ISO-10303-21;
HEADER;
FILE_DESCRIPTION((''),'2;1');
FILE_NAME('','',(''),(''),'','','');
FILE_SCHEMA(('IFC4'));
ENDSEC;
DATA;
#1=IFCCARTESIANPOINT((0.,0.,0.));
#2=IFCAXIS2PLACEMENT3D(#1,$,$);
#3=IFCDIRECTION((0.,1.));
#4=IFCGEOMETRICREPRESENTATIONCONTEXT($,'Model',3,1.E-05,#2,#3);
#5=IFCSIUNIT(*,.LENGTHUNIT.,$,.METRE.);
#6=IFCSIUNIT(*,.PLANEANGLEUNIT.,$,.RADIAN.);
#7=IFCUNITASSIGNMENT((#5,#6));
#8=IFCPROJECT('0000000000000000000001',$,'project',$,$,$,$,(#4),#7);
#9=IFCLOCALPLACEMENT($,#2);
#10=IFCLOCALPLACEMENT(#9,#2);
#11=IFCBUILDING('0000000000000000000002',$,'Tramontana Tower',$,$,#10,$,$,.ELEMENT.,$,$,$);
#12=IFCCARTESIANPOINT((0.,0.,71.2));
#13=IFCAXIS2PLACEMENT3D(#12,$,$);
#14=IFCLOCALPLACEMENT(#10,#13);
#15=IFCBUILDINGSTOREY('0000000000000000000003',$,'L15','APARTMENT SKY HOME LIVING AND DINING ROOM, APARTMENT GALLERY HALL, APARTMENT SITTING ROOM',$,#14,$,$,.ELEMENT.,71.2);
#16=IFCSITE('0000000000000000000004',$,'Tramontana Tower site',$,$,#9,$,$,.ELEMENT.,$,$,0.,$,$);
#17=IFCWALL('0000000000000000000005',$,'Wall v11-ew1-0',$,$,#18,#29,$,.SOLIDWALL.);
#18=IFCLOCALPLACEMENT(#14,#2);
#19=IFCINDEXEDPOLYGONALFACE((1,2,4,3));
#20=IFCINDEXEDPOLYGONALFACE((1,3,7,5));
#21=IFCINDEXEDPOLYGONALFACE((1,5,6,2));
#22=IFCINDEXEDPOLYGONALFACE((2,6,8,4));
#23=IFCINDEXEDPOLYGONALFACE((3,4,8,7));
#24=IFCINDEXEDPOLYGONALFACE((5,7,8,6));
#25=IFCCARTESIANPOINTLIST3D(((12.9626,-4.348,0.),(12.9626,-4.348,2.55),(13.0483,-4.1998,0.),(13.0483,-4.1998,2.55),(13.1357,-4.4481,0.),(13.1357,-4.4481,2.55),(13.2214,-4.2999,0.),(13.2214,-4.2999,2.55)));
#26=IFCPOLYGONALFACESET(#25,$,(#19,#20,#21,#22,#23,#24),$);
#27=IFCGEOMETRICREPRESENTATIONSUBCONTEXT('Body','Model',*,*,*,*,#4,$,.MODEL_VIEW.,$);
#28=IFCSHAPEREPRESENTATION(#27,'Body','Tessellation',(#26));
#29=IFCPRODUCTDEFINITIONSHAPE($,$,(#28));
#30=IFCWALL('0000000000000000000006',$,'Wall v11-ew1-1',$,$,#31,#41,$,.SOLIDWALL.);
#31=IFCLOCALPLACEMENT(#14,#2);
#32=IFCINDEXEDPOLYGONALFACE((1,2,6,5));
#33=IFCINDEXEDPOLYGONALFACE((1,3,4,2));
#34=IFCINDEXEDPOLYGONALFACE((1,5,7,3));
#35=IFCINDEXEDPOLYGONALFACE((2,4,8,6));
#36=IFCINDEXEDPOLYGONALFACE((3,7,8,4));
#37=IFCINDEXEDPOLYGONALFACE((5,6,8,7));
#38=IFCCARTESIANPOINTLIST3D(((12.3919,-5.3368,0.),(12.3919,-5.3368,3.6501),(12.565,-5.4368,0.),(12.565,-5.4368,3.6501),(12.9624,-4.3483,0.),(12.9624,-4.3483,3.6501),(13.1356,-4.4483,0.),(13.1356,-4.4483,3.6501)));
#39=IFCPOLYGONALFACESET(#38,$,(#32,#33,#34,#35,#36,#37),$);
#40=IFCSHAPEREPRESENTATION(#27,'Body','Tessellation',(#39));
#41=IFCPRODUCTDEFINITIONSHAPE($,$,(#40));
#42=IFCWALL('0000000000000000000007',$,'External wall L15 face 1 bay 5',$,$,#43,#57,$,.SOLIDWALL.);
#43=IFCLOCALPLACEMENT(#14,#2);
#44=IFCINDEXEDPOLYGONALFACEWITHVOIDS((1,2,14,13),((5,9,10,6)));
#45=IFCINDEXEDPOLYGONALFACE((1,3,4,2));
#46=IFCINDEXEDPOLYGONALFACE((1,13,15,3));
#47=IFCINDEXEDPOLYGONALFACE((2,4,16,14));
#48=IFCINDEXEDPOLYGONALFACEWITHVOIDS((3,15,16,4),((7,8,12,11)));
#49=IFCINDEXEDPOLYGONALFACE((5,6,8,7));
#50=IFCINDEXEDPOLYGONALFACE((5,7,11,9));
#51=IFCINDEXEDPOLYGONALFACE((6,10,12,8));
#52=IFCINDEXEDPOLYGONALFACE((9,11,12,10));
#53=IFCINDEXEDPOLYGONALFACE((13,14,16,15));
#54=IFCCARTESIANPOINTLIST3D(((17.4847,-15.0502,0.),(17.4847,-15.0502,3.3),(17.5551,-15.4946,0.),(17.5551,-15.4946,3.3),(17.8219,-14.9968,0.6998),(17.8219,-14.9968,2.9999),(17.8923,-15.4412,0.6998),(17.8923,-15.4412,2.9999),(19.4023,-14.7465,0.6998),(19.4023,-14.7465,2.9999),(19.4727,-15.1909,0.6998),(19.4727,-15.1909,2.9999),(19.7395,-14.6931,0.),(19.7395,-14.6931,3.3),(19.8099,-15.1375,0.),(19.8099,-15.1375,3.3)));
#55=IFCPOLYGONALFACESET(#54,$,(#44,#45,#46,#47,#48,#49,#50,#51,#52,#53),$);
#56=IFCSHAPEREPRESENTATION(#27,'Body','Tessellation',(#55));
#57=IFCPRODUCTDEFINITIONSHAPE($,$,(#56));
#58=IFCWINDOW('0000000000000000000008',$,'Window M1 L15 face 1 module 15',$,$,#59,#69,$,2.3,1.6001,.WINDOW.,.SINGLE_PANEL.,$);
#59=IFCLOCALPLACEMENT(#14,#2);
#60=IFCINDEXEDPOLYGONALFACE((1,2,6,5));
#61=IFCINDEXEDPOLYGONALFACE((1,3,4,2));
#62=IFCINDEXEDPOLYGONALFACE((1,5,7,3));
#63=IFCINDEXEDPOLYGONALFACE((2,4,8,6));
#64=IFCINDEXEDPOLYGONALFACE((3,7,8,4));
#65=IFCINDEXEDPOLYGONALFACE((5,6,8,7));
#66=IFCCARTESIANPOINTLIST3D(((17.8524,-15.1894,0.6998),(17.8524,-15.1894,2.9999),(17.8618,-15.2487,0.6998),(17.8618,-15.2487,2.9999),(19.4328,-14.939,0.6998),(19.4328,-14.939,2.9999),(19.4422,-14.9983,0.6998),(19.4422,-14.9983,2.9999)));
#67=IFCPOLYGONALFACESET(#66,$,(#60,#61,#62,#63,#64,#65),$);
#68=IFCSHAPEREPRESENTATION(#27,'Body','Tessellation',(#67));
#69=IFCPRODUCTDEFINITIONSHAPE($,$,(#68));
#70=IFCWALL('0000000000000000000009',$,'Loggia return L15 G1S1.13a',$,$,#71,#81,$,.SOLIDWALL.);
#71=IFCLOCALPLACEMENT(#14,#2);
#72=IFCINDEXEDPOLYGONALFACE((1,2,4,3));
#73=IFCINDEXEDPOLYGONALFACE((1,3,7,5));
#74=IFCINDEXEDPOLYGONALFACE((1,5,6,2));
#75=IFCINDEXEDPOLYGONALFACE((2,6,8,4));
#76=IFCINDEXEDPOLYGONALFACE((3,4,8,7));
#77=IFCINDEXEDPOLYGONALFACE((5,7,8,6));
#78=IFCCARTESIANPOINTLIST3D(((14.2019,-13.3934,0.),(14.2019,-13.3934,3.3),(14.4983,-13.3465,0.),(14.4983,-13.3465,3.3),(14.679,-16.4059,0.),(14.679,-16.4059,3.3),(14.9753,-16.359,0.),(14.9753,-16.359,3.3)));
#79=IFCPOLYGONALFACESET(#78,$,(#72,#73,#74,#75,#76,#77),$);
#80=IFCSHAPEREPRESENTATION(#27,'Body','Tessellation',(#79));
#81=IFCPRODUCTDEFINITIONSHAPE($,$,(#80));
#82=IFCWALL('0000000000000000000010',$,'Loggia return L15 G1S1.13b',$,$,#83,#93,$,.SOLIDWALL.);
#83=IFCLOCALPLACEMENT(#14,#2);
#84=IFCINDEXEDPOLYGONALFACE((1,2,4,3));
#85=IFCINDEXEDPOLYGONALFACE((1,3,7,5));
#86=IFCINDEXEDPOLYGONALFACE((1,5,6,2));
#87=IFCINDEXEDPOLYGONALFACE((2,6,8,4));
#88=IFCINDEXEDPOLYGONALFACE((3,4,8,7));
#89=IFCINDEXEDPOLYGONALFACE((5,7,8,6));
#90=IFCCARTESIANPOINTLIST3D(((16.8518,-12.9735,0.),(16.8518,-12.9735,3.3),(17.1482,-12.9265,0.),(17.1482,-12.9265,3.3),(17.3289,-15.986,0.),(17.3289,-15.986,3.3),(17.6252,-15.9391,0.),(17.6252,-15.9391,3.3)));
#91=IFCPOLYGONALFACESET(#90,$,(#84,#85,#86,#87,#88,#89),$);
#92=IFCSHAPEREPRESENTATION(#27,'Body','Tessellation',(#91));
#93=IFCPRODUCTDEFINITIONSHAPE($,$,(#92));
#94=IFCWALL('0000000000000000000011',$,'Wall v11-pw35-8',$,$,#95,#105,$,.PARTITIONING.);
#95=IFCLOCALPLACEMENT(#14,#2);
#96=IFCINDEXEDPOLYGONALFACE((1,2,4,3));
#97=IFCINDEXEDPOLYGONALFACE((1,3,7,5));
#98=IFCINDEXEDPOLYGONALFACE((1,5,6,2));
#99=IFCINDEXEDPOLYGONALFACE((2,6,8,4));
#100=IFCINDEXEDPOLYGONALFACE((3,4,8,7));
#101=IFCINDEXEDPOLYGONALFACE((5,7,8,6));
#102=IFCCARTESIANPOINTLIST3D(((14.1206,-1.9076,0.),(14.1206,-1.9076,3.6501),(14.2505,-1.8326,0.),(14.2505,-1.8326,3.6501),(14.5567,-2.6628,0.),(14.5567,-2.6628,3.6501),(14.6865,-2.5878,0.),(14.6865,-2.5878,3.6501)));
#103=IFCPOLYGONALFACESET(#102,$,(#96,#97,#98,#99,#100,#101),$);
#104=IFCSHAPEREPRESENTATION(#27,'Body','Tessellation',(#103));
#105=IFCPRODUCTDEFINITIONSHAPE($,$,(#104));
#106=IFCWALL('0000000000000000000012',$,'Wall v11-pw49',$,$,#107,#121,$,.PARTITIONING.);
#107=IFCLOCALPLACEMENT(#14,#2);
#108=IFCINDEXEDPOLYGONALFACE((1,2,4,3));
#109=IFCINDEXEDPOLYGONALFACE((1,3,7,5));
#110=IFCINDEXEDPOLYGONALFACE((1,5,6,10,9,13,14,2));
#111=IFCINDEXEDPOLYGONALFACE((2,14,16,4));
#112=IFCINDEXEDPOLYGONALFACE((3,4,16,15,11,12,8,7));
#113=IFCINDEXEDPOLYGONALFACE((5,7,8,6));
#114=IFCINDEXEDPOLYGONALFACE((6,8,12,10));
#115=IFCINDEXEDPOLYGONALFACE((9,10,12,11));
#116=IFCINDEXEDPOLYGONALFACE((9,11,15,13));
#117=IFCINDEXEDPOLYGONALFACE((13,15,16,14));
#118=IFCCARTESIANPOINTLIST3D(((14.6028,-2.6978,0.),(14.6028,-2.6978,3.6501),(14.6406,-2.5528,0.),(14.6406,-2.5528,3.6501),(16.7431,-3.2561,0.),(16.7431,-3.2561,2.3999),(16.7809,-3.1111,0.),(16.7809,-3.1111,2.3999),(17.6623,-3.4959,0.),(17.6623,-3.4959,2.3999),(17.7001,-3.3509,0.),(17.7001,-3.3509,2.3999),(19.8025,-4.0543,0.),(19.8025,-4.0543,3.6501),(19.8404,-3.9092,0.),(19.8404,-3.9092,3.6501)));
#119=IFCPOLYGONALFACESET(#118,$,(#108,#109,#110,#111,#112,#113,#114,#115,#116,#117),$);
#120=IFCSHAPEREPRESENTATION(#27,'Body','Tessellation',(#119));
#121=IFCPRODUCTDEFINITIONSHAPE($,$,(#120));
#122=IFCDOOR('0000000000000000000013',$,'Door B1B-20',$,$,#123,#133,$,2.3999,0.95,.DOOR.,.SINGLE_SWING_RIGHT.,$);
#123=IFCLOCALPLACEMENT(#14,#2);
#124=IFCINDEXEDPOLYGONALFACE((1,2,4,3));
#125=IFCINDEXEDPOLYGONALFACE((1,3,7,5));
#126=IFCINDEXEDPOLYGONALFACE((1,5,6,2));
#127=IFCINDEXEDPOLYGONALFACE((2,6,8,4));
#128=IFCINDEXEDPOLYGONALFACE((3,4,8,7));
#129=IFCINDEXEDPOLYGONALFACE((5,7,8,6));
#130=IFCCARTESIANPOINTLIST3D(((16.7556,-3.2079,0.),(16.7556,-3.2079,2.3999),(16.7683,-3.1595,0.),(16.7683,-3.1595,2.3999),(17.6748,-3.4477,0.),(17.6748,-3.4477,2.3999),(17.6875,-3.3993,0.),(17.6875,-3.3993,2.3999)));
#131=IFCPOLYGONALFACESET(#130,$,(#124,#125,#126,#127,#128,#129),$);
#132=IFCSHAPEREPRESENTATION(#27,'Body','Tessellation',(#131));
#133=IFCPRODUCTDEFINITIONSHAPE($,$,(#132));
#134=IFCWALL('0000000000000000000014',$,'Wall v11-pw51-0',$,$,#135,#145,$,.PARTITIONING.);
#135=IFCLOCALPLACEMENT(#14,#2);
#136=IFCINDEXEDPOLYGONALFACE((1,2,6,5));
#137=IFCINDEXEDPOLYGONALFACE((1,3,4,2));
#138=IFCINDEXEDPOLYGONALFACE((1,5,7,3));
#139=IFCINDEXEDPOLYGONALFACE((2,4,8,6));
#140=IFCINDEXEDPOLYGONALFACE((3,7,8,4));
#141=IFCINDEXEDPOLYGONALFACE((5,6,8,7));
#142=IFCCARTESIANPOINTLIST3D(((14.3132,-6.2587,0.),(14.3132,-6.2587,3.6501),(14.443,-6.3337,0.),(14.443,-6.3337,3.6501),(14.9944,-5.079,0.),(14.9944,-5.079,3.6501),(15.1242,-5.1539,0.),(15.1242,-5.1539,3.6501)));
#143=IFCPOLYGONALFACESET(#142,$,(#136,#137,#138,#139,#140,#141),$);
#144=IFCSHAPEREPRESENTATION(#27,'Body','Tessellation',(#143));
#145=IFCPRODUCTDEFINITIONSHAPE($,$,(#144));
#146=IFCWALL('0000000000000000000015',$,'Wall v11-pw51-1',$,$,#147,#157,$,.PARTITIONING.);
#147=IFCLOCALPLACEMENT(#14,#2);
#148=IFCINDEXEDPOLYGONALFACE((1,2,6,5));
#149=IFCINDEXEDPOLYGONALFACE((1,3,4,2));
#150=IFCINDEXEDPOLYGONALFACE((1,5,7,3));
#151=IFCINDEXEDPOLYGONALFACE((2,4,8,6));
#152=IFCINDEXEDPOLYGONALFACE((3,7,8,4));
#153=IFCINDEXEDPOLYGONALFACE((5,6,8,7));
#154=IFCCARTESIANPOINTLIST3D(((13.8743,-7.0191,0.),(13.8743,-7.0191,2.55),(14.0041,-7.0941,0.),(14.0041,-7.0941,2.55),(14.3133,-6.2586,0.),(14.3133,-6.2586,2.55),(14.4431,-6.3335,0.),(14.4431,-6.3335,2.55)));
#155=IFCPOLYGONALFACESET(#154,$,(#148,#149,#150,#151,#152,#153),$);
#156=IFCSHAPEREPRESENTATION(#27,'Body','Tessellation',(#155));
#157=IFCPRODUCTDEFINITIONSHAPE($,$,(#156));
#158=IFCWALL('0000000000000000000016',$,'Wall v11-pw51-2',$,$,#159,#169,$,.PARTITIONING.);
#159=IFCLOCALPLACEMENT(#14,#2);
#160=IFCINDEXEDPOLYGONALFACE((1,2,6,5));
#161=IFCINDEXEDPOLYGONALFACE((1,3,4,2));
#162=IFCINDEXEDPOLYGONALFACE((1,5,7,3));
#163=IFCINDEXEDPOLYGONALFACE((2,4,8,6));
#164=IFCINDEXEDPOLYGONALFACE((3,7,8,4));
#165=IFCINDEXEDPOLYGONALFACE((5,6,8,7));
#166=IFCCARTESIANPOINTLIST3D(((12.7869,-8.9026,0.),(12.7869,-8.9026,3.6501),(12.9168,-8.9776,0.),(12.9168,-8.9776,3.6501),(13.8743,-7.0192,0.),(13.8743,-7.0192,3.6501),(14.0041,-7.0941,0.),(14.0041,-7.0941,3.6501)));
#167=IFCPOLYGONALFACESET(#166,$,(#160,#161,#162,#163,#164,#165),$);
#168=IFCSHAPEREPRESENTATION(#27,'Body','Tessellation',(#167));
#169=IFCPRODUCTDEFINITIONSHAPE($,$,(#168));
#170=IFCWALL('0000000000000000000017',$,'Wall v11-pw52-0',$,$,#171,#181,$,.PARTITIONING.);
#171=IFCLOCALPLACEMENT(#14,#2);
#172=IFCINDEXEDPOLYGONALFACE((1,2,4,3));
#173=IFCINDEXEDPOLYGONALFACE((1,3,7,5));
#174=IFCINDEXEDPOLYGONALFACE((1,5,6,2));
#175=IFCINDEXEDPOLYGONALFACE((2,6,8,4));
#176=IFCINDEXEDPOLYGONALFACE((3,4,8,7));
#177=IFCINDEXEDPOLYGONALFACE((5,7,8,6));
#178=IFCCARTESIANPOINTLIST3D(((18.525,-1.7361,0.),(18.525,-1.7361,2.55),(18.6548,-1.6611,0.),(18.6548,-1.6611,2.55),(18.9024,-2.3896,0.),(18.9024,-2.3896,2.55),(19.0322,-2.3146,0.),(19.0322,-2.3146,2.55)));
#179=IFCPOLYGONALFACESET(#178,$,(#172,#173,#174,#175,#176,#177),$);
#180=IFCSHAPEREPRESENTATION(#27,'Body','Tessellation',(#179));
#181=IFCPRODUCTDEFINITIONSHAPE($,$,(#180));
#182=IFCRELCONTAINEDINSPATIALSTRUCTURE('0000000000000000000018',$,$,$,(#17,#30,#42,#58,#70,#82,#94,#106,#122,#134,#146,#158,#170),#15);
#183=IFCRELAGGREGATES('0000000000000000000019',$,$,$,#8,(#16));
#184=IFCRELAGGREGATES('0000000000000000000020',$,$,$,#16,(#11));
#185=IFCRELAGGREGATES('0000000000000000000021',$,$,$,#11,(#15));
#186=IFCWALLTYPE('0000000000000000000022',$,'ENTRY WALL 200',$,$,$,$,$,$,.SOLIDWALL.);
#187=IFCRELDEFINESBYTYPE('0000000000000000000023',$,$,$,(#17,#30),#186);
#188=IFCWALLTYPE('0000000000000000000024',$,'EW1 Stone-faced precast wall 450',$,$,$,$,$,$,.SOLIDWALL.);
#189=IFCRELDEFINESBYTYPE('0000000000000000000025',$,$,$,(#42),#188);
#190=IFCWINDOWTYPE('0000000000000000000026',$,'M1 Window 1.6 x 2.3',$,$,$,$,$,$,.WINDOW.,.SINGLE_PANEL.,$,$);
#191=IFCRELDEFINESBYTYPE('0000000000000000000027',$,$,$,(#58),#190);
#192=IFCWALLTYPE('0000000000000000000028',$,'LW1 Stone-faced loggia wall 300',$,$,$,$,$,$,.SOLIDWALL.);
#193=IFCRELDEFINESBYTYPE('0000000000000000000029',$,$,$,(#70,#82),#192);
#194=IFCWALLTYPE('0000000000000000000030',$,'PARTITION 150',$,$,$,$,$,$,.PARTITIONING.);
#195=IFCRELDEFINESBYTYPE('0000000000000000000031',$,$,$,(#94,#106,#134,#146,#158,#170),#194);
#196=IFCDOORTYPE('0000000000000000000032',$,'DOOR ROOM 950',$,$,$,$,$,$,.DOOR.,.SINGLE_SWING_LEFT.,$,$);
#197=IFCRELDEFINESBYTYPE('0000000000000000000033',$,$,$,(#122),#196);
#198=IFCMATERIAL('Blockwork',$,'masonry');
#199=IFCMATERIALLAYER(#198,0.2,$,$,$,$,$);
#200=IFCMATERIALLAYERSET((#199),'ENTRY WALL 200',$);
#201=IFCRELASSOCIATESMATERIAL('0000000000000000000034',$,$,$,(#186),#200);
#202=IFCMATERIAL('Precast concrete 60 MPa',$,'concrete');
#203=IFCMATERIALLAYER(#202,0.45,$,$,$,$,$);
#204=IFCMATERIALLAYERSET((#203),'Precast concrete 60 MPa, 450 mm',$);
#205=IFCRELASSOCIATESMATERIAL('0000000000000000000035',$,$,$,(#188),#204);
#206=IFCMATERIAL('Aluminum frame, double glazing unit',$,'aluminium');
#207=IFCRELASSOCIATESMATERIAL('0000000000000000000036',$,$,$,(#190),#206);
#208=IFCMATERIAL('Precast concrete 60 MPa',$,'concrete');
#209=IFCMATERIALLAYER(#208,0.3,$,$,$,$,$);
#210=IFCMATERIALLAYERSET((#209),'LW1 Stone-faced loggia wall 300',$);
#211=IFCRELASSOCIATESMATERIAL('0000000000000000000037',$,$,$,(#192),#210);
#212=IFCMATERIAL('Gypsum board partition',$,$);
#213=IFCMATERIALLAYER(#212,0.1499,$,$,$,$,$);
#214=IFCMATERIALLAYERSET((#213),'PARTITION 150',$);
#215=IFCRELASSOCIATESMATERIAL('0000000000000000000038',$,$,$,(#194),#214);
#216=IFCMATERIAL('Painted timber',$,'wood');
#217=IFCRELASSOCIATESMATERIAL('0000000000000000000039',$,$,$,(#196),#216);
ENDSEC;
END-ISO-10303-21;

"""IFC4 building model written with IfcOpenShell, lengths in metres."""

from ifc_helpers import new_model, si_unit, direction, frame, frame_2d, origin, place, context, subcontext, project, spatial, rectangle, extrude, material, layer, layer_set, type_object, element, fill, save


model = new_model("IFC4")

# Units and contexts
model_context = context("Model", 3, precision=1e-05, world=origin(), true_north=direction((0.0, 1.0)))
body_context = subcontext(model_context, "Body", "Model", "MODEL_VIEW")
ifc_project = project(units=[si_unit("LENGTHUNIT", "METRE"), si_unit("PLANEANGLEUNIT", "RADIAN")], contexts=[model_context])

# Site, building, storey
site_placement = place(None, origin())
site = spatial("IfcSite", under=ifc_project, at=site_placement, Name="Tramontana Tower site", CompositionType="ELEMENT", RefElevation=0.0)
building_placement = place(site_placement, origin())
building = spatial("IfcBuilding", under=site, at=building_placement, Name="Tramontana Tower", CompositionType="ELEMENT")
storey_placement = place(building_placement, frame((0.0, 0.0, 71.2)))
storey = spatial("IfcBuildingStorey", under=building, at=storey_placement, Name="L15", Description="APARTMENT SKY HOME LIVING AND DINING ROOM, APARTMENT GALLERY HALL, APARTMENT SITTING ROOM", CompositionType="ELEMENT", Elevation=71.2)

# Walls
ifc_material_1 = material(Name="Blockwork", Category="masonry")
ifc_layer_1 = layer(ifc_material_1, 0.2)
ifc_layer_set_1 = layer_set([ifc_layer_1], Name="ENTRY WALL 200")
wall_type_1 = type_object("IfcWallType", Name="ENTRY WALL 200", PredefinedType="SOLIDWALL", material=ifc_layer_set_1)
wall_1_placement = place(storey_placement, frame((13.1348, -4.25, 0.0), z_axis=(0.0, 0.0, 1.0), x_axis=(-0.500586, -0.865687, 0.0)))
element("IfcWall", 1, at=wall_1_placement, inside=storey, type_object=wall_type_1, Name="Wall v11-ew1-0", PredefinedType="SOLIDWALL", context=body_context, shape_type="SweptSolid", body=[
    extrude(rectangle(XDim=0.1711, YDim=0.2, at=frame_2d((0.0854, 0.0))), origin(), (0.0, 0.0, 1.0), 2.55),
])
wall_2_placement = place(storey_placement, frame((13.0491, -4.3982, 0.0), z_axis=(0.0, 0.0, 1.0), x_axis=(-0.499889, -0.866089, 0.0)))
element("IfcWall", 2, at=wall_2_placement, inside=storey, type_object=wall_type_1, Name="Wall v11-ew1-1", PredefinedType="SOLIDWALL", context=body_context, shape_type="SweptSolid", body=[
    extrude(rectangle(XDim=1.1414, YDim=0.2, at=frame_2d((0.5708, 0.0))), origin(), (0.0, 0.0, 1.0), 3.6501),
])

# Wall, opening, window
ifc_material_2 = material(Name="Precast concrete 60 MPa", Category="concrete")
ifc_layer_2 = layer(ifc_material_2, 0.45)
ifc_layer_set_2 = layer_set([ifc_layer_2], Name="Precast concrete 60 MPa, 450 mm")
wall_type_2 = type_object("IfcWallType", Name="EW1 Stone-faced precast wall 450", PredefinedType="SOLIDWALL", material=ifc_layer_set_2)
wall_3_placement = place(storey_placement, frame((17.5198, -15.2725, 0.0), z_axis=(0.0, 0.0, 1.0), x_axis=(0.987686, 0.156451, 0.0)))
wall_3 = element("IfcWall", 3, at=wall_3_placement, inside=storey, type_object=wall_type_2, Name="External wall L15 face 1 bay 5", PredefinedType="SOLIDWALL", context=body_context, shape_type="SweptSolid", body=[
    extrude(rectangle(XDim=2.283, YDim=0.45, at=frame_2d((1.1416, 0.0))), origin(), (0.0, 0.0, 1.0), 3.3),
])
opening_1_placement = place(wall_3_placement, frame((0.3416, 0.0, 0.7)))
opening_1 = element("IfcOpeningElement", 4, at=opening_1_placement, cuts=wall_3, PredefinedType="OPENING", context=body_context, shape_type="SweptSolid", body=[
    extrude(rectangle(XDim=1.6001, YDim=2.3, at=frame_2d((0.8, 1.1499))), frame((0.0, 0.2349, 0.0), z_axis=(0.0, -1.0, 0.0), x_axis=(1.0, 0.0, 0.0)), (0.0, 0.0, 1.0), 0.47),
])
ifc_material_3 = material(Name="Aluminum frame, double glazing unit", Category="aluminium")
window_type = type_object("IfcWindowType", Name="M1 Window 1.6 x 2.3", PartitioningType="SINGLE_PANEL", PredefinedType="WINDOW", material=ifc_material_3)
window_placement = place(opening_1_placement, origin())
window = element("IfcWindow", 5, at=window_placement, inside=storey, type_object=window_type, Name="Window M1 L15 face 1 module 15", OverallHeight=2.3, OverallWidth=1.6001, PartitioningType="SINGLE_PANEL", PredefinedType="WINDOW", context=body_context, shape_type="SweptSolid", body=[
    extrude(rectangle(XDim=1.6001, YDim=2.3, at=frame_2d((0.8, 1.1499))), frame((0.0, 0.03, 0.0), z_axis=(0.0, -1.0, 0.0), x_axis=(1.0, 0.0, 0.0)), (0.0, 0.0, 1.0), 0.0601),
])
fill(opening_1, window)

# Shared definitions
ifc_material_4 = material(Name="Precast concrete 60 MPa", Category="concrete")
ifc_layer_3 = layer(ifc_material_4, 0.3)
ifc_layer_set_3 = layer_set([ifc_layer_3], Name="LW1 Stone-faced loggia wall 300")
wall_type_3 = type_object("IfcWallType", Name="LW1 Stone-faced loggia wall 300", PredefinedType="SOLIDWALL", material=ifc_layer_set_3)

# Walls
for number, where, z_axis, x_axis, name in (
    (6, (14.8271, -16.3823, 0.0), (0.0, 0.0, 1.0), (-0.156411, 0.987692, 0.0), "Loggia return L15 G1S1.13a"),
    (7, (17.4771, -15.9624, 0.0), (0.0, 0.0, 1.0), (-0.156411, 0.987692, 0.0), "Loggia return L15 G1S1.13b"),
):
    element("IfcWall", number, at=place(storey_placement, frame(where, z_axis=z_axis, x_axis=x_axis)), inside=storey, type_object=wall_type_3, Name=name, PredefinedType="SOLIDWALL", context=body_context, shape_type="SweptSolid", body=[
        extrude(rectangle(XDim=3.05, YDim=0.3, at=frame_2d((1.5249, 0.0))), origin(), (0.0, 0.0, 1.0), 3.3),
    ])
ifc_material_5 = material(Name="Gypsum board partition")
ifc_layer_4 = layer(ifc_material_5, 0.1499)
ifc_layer_set_4 = layer_set([ifc_layer_4], Name="PARTITION 150")
wall_type_4 = type_object("IfcWallType", Name="PARTITION 150", PredefinedType="PARTITIONING", material=ifc_layer_set_4)
wall_4_placement = place(storey_placement, frame((14.1855, -1.8701, 0.0), z_axis=(0.0, 0.0, 1.0), x_axis=(0.500054, -0.865994, 0.0)))
element("IfcWall", 8, at=wall_4_placement, inside=storey, type_object=wall_type_4, Name="Wall v11-pw35-8", PredefinedType="PARTITIONING", context=body_context, shape_type="SweptSolid", body=[
    extrude(rectangle(XDim=0.8721, YDim=0.1499, at=frame_2d((0.436, 0.0))), origin(), (0.0, 0.0, 1.0), 3.6501),
])

# Wall, opening, door
wall_5_placement = place(storey_placement, frame((14.6216, -2.6252, 0.0), z_axis=(0.0, 0.0, 1.0), x_axis=(0.967617, -0.252422, 0.0)))
wall_5 = element("IfcWall", 9, at=wall_5_placement, inside=storey, type_object=wall_type_4, Name="Wall v11-pw49", PredefinedType="PARTITIONING", context=body_context, shape_type="SweptSolid", body=[
    extrude(rectangle(XDim=5.3738, YDim=0.1499, at=frame_2d((2.687, 0.0))), origin(), (0.0, 0.0, 1.0), 3.6501),
])
opening_2_placement = place(wall_5_placement, frame((2.2119, 0.0, 0.0)))
opening_2 = element("IfcOpeningElement", 10, at=opening_2_placement, cuts=wall_5, PredefinedType="OPENING", context=body_context, shape_type="SweptSolid", body=[
    extrude(rectangle(XDim=0.95, YDim=2.3999, at=frame_2d((0.4751, 1.2))), frame((0.0, 0.085, 0.0), z_axis=(0.0, -1.0, 0.0), x_axis=(1.0, 0.0, 0.0)), (0.0, 0.0, 1.0), 0.1699),
])
ifc_material_6 = material(Name="Painted timber", Category="wood")
door_type_1 = type_object("IfcDoorType", Name="DOOR ROOM 950", OperationType="SINGLE_SWING_LEFT", PredefinedType="DOOR", material=ifc_material_6)
door_1_placement = place(opening_2_placement, origin())
door_1 = element("IfcDoor", 11, at=door_1_placement, inside=storey, type_object=door_type_1, Name="Door B1B-20", OperationType="SINGLE_SWING_RIGHT", OverallHeight=2.3999, OverallWidth=0.95, PredefinedType="DOOR", context=body_context, shape_type="SweptSolid", body=[
    extrude(rectangle(XDim=0.95, YDim=2.3999, at=frame_2d((0.4751, 1.2))), frame((0.0, 0.0249, 0.0), z_axis=(0.0, -1.0, 0.0), x_axis=(1.0, 0.0, 0.0)), (0.0, 0.0, 1.0), 0.05),
])
fill(opening_2, door_1)

# Walls
wall_6_placement = place(storey_placement, frame((15.0593, -5.1165, 0.0), z_axis=(0.0, 0.0, 1.0), x_axis=(-0.500033, -0.866007, 0.0)))
element("IfcWall", 12, at=wall_6_placement, inside=storey, type_object=wall_type_4, Name="Wall v11-pw51-0", PredefinedType="PARTITIONING", context=body_context, shape_type="SweptSolid", body=[
    extrude(rectangle(XDim=1.3623, YDim=0.1499, at=frame_2d((0.6812, 0.0))), origin(), (0.0, 0.0, 1.0), 3.6501),
])
wall_7_placement = place(storey_placement, frame((14.3782, -6.2961, 0.0), z_axis=(0.0, 0.0, 1.0), x_axis=(-0.499907, -0.866079, 0.0)))
element("IfcWall", 13, at=wall_7_placement, inside=storey, type_object=wall_type_4, Name="Wall v11-pw51-1", PredefinedType="PARTITIONING", context=body_context, shape_type="SweptSolid", body=[
    extrude(rectangle(XDim=0.8782, YDim=0.1499, at=frame_2d((0.439, 0.0))), origin(), (0.0, 0.0, 1.0), 2.55),
])
wall_8_placement = place(storey_placement, frame((13.9392, -7.0566, 0.0), z_axis=(0.0, 0.0, 1.0), x_axis=(-0.499978, -0.866038, 0.0)))
element("IfcWall", 14, at=wall_8_placement, inside=storey, type_object=wall_type_4, Name="Wall v11-pw51-2", PredefinedType="PARTITIONING", context=body_context, shape_type="SweptSolid", body=[
    extrude(rectangle(XDim=2.1748, YDim=0.1499, at=frame_2d((1.0874, 0.0))), origin(), (0.0, 0.0, 1.0), 3.6501),
])

# Wall
wall_9_placement = place(storey_placement, frame((18.5898, -1.6985, 0.0), z_axis=(0.0, 0.0, 1.0), x_axis=(0.500105, -0.865965, 0.0)))
element("IfcWall", 15, at=wall_9_placement, inside=storey, type_object=wall_type_4, Name="Wall v11-pw52-0", PredefinedType="PARTITIONING", context=body_context, shape_type="SweptSolid", body=[
    extrude(rectangle(XDim=0.7546, YDim=0.1499, at=frame_2d((0.3774, 0.0))), origin(), (0.0, 0.0, 1.0), 2.55),
])

save(model, "model.ifc")
